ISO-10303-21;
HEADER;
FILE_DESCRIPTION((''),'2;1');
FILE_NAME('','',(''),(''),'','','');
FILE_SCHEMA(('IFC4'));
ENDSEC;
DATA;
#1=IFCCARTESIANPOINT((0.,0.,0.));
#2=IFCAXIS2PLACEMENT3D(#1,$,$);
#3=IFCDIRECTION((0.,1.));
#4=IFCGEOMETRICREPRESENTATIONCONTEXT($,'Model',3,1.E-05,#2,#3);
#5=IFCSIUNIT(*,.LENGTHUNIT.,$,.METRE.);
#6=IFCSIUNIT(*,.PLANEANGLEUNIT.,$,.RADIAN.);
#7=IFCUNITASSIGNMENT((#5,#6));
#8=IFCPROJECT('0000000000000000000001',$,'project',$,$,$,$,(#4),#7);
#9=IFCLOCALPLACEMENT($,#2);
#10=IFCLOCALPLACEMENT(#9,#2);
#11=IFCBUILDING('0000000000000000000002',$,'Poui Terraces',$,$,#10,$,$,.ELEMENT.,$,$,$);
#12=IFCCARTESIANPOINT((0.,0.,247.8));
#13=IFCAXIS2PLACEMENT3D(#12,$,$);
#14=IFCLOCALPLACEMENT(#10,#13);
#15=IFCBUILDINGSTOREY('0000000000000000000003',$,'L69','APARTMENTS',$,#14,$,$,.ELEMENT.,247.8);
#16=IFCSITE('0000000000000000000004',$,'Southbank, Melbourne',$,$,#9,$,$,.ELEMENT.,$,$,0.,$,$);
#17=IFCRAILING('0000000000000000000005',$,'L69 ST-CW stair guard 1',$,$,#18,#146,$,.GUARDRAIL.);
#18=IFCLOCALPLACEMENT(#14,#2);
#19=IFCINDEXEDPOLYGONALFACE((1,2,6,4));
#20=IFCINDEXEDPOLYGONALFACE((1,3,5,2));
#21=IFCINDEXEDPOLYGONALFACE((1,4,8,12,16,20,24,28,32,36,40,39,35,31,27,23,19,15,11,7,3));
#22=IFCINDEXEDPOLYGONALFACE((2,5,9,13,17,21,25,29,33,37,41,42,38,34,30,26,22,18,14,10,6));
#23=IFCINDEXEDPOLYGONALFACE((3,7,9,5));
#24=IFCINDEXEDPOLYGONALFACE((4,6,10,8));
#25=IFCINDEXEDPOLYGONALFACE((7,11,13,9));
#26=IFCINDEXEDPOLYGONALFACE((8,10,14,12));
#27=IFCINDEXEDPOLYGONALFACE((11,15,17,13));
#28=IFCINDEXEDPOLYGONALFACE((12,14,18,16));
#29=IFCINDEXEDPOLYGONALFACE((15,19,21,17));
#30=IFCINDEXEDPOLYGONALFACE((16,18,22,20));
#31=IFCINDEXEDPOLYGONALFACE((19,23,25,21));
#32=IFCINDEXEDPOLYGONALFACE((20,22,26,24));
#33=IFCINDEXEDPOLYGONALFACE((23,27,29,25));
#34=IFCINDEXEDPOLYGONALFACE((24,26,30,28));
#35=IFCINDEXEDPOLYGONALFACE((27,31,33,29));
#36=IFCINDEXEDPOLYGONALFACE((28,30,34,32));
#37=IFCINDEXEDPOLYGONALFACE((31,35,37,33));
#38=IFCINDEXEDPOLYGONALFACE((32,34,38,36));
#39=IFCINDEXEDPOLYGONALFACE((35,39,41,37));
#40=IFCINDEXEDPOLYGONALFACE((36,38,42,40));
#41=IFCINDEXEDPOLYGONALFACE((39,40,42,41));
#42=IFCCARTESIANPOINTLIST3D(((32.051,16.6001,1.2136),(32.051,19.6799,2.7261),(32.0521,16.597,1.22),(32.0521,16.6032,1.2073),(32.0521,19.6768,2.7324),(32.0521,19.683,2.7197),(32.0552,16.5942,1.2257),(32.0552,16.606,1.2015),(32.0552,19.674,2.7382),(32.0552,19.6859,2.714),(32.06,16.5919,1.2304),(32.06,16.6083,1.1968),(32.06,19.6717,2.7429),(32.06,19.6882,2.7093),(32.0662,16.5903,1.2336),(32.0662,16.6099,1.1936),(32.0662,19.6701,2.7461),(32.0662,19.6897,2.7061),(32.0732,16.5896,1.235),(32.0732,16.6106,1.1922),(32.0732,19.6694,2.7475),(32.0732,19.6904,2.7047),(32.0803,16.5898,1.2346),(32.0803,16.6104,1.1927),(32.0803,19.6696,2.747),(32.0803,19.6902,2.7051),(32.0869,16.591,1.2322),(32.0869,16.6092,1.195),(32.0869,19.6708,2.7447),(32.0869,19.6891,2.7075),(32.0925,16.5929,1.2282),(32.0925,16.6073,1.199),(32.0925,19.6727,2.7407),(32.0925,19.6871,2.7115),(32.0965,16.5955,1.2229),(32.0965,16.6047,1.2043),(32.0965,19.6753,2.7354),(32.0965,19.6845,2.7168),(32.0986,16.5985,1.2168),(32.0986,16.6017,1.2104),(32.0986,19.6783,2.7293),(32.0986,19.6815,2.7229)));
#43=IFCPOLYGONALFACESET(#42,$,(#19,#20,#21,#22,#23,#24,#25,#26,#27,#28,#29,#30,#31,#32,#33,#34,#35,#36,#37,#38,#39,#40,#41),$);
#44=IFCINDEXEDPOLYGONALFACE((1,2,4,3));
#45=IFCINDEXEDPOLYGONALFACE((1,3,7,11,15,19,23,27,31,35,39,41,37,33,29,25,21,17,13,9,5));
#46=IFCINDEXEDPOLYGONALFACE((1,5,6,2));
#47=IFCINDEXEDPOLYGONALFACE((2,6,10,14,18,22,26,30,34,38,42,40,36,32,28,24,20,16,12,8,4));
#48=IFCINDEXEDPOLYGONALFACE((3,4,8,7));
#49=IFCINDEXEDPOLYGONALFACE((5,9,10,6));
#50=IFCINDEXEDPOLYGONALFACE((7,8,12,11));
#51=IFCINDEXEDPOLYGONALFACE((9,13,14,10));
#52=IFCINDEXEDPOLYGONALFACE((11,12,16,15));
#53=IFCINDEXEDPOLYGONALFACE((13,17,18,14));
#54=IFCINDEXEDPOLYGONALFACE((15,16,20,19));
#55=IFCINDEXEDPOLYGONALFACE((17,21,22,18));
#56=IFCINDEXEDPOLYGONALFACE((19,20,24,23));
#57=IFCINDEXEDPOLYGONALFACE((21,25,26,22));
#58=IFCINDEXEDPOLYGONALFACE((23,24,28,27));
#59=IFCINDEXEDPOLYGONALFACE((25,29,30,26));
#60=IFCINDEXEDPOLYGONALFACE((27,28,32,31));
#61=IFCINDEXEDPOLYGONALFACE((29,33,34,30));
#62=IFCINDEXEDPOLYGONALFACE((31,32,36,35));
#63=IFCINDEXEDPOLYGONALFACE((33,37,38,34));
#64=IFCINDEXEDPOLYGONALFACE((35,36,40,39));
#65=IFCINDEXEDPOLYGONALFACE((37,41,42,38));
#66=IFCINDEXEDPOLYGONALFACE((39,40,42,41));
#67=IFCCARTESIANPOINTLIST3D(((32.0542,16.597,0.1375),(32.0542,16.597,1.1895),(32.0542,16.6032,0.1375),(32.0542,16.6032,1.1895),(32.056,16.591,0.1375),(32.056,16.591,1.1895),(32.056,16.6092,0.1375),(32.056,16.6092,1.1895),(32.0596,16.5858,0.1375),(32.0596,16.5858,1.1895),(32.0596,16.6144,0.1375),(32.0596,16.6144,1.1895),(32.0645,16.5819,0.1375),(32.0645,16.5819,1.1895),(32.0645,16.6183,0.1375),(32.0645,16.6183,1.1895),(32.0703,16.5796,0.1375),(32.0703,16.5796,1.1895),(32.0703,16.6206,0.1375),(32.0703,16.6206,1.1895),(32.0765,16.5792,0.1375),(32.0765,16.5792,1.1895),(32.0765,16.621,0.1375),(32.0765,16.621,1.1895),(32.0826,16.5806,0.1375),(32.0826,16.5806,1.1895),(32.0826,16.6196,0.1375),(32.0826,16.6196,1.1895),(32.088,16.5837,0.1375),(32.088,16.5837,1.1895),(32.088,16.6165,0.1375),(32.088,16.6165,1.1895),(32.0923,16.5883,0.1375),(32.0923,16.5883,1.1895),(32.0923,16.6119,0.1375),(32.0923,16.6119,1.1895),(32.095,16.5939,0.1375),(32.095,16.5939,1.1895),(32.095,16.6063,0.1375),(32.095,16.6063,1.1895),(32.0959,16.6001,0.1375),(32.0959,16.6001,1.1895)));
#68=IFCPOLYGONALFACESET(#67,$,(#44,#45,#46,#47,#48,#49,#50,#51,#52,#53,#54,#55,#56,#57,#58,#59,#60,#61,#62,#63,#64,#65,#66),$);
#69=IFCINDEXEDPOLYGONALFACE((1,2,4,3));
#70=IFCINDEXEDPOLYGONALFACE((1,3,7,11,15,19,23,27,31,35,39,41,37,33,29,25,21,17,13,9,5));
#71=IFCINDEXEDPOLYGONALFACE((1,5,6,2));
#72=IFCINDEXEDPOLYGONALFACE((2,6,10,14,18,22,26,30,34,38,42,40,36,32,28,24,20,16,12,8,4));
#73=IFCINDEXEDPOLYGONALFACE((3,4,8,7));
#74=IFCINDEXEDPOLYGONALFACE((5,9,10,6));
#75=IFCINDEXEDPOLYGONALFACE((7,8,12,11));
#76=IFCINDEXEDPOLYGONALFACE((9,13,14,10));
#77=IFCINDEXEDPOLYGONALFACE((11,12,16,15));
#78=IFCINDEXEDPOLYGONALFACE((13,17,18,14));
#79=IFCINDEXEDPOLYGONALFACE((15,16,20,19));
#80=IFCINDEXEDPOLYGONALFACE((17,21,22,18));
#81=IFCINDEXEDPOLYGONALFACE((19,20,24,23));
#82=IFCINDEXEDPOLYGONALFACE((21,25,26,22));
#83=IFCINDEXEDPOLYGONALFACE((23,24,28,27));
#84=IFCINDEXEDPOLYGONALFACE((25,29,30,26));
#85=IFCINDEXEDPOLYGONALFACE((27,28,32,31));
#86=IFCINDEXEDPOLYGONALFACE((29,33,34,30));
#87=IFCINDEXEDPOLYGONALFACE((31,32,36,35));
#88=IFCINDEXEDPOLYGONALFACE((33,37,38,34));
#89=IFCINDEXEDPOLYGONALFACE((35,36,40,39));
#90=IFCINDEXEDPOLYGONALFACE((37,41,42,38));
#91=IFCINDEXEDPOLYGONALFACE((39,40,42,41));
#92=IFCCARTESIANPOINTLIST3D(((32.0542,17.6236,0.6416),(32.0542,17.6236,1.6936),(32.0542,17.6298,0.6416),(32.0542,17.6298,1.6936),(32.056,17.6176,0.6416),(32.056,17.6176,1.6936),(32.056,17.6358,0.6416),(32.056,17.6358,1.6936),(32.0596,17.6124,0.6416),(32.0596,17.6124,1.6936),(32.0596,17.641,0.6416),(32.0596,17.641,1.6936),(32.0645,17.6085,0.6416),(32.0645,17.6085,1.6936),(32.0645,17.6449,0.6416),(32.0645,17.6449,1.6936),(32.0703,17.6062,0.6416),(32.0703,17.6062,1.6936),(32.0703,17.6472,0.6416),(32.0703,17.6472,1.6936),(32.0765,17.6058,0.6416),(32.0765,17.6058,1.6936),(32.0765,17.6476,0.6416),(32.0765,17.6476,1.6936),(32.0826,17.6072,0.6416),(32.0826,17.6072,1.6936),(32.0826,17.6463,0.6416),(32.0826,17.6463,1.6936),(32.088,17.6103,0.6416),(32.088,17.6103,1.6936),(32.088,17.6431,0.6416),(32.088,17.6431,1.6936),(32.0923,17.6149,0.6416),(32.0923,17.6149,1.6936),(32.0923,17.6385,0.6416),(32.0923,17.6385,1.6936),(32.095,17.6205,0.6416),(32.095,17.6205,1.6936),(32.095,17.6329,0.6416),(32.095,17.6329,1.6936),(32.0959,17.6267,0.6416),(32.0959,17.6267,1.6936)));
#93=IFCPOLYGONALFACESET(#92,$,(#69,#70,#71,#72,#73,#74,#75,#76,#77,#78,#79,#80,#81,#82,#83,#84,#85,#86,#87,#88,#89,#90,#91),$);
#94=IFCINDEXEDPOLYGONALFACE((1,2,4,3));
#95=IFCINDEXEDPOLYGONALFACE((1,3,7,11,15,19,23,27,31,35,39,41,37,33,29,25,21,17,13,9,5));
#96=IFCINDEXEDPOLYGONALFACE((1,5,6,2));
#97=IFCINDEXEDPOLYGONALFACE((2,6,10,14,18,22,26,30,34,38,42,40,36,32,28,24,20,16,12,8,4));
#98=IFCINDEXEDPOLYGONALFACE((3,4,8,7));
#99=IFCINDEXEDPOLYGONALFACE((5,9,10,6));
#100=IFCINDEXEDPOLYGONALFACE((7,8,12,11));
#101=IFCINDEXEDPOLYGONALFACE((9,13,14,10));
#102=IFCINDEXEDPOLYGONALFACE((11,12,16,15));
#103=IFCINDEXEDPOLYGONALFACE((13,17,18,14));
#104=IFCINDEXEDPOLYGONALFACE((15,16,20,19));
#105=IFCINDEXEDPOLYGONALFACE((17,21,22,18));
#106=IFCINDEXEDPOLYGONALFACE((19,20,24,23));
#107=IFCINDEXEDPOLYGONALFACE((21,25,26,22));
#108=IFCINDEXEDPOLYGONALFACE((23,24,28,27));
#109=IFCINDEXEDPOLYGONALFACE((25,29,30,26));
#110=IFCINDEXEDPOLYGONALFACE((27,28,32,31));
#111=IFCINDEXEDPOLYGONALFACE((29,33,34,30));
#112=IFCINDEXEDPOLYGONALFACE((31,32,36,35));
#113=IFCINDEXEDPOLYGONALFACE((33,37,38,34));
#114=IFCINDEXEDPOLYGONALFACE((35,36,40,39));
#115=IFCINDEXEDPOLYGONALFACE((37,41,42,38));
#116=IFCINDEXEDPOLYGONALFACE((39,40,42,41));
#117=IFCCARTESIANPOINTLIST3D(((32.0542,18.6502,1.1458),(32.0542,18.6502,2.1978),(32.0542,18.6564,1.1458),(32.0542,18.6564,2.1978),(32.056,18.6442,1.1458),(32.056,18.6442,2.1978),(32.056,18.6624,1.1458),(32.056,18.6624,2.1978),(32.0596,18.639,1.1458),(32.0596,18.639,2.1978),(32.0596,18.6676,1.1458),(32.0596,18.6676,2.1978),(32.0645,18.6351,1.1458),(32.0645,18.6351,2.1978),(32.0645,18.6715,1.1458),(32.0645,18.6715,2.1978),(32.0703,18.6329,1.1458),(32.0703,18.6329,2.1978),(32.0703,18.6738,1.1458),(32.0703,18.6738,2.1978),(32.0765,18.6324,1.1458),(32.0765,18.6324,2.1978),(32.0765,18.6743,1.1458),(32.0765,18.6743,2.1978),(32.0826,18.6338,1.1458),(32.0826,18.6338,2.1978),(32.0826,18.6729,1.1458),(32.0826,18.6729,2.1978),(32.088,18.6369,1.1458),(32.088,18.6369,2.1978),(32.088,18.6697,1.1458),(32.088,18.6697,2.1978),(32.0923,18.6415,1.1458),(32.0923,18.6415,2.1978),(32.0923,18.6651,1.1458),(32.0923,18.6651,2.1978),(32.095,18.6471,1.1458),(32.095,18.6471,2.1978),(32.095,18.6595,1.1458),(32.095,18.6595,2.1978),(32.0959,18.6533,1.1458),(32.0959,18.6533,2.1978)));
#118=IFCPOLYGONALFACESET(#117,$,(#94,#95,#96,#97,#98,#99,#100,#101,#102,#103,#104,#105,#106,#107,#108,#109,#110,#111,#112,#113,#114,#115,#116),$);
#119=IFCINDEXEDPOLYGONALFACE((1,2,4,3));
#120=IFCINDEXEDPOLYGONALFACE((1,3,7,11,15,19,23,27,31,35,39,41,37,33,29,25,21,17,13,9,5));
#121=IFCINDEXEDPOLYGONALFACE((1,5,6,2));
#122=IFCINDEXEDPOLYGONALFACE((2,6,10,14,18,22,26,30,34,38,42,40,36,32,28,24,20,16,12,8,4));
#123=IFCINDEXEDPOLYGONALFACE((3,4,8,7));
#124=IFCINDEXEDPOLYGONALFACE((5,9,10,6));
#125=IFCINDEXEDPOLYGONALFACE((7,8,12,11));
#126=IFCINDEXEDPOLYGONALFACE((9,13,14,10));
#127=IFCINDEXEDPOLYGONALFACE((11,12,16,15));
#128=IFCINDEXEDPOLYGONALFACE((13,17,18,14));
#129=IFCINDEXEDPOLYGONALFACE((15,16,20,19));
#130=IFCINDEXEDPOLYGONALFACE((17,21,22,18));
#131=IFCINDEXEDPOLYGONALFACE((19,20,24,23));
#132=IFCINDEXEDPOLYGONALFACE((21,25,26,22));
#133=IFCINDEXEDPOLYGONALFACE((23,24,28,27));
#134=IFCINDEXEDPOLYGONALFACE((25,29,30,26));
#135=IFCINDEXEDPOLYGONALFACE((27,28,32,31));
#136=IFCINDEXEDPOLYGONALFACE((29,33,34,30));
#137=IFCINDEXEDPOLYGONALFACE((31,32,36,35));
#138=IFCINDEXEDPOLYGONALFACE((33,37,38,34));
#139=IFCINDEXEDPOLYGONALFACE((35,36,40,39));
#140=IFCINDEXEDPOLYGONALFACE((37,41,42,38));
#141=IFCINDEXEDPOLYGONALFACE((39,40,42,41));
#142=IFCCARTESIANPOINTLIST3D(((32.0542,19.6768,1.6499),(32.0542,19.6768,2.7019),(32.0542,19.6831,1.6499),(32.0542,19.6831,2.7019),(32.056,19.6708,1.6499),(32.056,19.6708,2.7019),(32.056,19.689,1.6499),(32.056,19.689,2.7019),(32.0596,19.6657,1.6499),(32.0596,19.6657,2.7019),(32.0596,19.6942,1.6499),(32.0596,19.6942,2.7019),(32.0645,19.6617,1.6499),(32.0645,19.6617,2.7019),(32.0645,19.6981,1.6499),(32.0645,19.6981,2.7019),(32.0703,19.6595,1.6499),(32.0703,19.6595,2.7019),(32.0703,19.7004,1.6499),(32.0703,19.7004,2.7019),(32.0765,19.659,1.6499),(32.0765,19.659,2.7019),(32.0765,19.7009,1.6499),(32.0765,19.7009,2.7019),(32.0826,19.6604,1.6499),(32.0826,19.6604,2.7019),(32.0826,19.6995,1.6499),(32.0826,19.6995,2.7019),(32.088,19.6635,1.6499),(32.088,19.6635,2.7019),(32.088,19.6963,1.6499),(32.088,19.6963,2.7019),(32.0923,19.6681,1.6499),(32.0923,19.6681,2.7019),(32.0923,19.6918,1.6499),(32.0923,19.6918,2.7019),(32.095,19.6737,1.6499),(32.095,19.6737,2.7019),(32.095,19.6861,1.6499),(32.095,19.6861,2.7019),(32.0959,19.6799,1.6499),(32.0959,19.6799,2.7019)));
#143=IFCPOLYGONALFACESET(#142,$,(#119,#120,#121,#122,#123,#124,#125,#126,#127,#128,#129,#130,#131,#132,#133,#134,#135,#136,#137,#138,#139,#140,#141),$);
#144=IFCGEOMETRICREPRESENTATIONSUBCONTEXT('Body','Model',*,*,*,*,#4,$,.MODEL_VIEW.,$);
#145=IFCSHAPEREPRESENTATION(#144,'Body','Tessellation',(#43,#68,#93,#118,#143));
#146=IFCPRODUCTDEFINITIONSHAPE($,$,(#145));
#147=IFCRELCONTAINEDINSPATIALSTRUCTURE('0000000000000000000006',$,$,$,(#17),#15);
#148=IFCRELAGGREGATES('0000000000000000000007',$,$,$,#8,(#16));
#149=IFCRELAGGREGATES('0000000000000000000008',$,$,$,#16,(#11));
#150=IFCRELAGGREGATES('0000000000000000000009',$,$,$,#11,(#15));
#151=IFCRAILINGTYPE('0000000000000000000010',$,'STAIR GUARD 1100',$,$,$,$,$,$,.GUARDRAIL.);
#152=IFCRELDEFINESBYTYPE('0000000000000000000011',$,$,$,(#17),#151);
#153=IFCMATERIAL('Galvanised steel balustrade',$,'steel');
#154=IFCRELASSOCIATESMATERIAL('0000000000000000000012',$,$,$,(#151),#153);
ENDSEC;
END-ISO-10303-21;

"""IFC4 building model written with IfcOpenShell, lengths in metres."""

from ifc_helpers import new_model, si_unit, direction, frame, origin, origin_2d, place, context, subcontext, project, spatial, circle, extrude, material, type_object, element, save


model = new_model("IFC4")

# Units and contexts
model_context = context("Model", 3, precision=1e-05, world=origin(), true_north=direction((0.0, 1.0)))
body_context = subcontext(model_context, "Body", "Model", "MODEL_VIEW")
ifc_project = project(units=[si_unit("LENGTHUNIT", "METRE"), si_unit("PLANEANGLEUNIT", "RADIAN")], contexts=[model_context])

# Site, building, storey
site_placement = place(None, origin())
site = spatial("IfcSite", under=ifc_project, at=site_placement, Name="Southbank, Melbourne", CompositionType="ELEMENT", RefElevation=0.0)
building_placement = place(site_placement, origin())
building = spatial("IfcBuilding", under=site, at=building_placement, Name="Poui Terraces", CompositionType="ELEMENT")
storey_placement = place(building_placement, frame((0.0, 0.0, 247.8)))
storey = spatial("IfcBuildingStorey", under=building, at=storey_placement, Name="L69", Description="APARTMENTS", CompositionType="ELEMENT", Elevation=247.8)

# Railing
ifc_material_1 = material(Name="Galvanised steel balustrade", Category="steel")
railing_type_1 = type_object("IfcRailingType", Name="STAIR GUARD 1100", PredefinedType="GUARDRAIL", material=ifc_material_1)
railing_1_placement = place(storey_placement, frame((32.075, 16.6001, 0.1375)))
element("IfcRailing", 1, at=railing_1_placement, inside=storey, type_object=railing_type_1, Name="L69 ST-CW stair guard 1", PredefinedType="GUARDRAIL", context=body_context, shape_type="SweptSolid", body=[
    extrude(circle(Radius=0.0239, at=origin_2d()), frame((0.0, 0.0, 1.0762), z_axis=(0.0, 0.897606, 0.440798), x_axis=(-1.0, 0.0, 0.0)), (0.0, 0.0, 1.0), 3.4312),
    extrude(circle(Radius=0.021, at=origin_2d()), origin(), (0.0, 0.0, 1.0), 1.052),
    extrude(circle(Radius=0.021, at=origin_2d()), frame((0.0, 1.0266, 0.5042)), (0.0, 0.0, 1.0), 1.052),
    extrude(circle(Radius=0.021, at=origin_2d()), frame((0.0, 2.0532, 1.0083)), (0.0, 0.0, 1.0), 1.052),
    extrude(circle(Radius=0.021, at=origin_2d()), frame((0.0, 3.0798, 1.5125)), (0.0, 0.0, 1.0), 1.052),
])

save(model, "model.ifc")
